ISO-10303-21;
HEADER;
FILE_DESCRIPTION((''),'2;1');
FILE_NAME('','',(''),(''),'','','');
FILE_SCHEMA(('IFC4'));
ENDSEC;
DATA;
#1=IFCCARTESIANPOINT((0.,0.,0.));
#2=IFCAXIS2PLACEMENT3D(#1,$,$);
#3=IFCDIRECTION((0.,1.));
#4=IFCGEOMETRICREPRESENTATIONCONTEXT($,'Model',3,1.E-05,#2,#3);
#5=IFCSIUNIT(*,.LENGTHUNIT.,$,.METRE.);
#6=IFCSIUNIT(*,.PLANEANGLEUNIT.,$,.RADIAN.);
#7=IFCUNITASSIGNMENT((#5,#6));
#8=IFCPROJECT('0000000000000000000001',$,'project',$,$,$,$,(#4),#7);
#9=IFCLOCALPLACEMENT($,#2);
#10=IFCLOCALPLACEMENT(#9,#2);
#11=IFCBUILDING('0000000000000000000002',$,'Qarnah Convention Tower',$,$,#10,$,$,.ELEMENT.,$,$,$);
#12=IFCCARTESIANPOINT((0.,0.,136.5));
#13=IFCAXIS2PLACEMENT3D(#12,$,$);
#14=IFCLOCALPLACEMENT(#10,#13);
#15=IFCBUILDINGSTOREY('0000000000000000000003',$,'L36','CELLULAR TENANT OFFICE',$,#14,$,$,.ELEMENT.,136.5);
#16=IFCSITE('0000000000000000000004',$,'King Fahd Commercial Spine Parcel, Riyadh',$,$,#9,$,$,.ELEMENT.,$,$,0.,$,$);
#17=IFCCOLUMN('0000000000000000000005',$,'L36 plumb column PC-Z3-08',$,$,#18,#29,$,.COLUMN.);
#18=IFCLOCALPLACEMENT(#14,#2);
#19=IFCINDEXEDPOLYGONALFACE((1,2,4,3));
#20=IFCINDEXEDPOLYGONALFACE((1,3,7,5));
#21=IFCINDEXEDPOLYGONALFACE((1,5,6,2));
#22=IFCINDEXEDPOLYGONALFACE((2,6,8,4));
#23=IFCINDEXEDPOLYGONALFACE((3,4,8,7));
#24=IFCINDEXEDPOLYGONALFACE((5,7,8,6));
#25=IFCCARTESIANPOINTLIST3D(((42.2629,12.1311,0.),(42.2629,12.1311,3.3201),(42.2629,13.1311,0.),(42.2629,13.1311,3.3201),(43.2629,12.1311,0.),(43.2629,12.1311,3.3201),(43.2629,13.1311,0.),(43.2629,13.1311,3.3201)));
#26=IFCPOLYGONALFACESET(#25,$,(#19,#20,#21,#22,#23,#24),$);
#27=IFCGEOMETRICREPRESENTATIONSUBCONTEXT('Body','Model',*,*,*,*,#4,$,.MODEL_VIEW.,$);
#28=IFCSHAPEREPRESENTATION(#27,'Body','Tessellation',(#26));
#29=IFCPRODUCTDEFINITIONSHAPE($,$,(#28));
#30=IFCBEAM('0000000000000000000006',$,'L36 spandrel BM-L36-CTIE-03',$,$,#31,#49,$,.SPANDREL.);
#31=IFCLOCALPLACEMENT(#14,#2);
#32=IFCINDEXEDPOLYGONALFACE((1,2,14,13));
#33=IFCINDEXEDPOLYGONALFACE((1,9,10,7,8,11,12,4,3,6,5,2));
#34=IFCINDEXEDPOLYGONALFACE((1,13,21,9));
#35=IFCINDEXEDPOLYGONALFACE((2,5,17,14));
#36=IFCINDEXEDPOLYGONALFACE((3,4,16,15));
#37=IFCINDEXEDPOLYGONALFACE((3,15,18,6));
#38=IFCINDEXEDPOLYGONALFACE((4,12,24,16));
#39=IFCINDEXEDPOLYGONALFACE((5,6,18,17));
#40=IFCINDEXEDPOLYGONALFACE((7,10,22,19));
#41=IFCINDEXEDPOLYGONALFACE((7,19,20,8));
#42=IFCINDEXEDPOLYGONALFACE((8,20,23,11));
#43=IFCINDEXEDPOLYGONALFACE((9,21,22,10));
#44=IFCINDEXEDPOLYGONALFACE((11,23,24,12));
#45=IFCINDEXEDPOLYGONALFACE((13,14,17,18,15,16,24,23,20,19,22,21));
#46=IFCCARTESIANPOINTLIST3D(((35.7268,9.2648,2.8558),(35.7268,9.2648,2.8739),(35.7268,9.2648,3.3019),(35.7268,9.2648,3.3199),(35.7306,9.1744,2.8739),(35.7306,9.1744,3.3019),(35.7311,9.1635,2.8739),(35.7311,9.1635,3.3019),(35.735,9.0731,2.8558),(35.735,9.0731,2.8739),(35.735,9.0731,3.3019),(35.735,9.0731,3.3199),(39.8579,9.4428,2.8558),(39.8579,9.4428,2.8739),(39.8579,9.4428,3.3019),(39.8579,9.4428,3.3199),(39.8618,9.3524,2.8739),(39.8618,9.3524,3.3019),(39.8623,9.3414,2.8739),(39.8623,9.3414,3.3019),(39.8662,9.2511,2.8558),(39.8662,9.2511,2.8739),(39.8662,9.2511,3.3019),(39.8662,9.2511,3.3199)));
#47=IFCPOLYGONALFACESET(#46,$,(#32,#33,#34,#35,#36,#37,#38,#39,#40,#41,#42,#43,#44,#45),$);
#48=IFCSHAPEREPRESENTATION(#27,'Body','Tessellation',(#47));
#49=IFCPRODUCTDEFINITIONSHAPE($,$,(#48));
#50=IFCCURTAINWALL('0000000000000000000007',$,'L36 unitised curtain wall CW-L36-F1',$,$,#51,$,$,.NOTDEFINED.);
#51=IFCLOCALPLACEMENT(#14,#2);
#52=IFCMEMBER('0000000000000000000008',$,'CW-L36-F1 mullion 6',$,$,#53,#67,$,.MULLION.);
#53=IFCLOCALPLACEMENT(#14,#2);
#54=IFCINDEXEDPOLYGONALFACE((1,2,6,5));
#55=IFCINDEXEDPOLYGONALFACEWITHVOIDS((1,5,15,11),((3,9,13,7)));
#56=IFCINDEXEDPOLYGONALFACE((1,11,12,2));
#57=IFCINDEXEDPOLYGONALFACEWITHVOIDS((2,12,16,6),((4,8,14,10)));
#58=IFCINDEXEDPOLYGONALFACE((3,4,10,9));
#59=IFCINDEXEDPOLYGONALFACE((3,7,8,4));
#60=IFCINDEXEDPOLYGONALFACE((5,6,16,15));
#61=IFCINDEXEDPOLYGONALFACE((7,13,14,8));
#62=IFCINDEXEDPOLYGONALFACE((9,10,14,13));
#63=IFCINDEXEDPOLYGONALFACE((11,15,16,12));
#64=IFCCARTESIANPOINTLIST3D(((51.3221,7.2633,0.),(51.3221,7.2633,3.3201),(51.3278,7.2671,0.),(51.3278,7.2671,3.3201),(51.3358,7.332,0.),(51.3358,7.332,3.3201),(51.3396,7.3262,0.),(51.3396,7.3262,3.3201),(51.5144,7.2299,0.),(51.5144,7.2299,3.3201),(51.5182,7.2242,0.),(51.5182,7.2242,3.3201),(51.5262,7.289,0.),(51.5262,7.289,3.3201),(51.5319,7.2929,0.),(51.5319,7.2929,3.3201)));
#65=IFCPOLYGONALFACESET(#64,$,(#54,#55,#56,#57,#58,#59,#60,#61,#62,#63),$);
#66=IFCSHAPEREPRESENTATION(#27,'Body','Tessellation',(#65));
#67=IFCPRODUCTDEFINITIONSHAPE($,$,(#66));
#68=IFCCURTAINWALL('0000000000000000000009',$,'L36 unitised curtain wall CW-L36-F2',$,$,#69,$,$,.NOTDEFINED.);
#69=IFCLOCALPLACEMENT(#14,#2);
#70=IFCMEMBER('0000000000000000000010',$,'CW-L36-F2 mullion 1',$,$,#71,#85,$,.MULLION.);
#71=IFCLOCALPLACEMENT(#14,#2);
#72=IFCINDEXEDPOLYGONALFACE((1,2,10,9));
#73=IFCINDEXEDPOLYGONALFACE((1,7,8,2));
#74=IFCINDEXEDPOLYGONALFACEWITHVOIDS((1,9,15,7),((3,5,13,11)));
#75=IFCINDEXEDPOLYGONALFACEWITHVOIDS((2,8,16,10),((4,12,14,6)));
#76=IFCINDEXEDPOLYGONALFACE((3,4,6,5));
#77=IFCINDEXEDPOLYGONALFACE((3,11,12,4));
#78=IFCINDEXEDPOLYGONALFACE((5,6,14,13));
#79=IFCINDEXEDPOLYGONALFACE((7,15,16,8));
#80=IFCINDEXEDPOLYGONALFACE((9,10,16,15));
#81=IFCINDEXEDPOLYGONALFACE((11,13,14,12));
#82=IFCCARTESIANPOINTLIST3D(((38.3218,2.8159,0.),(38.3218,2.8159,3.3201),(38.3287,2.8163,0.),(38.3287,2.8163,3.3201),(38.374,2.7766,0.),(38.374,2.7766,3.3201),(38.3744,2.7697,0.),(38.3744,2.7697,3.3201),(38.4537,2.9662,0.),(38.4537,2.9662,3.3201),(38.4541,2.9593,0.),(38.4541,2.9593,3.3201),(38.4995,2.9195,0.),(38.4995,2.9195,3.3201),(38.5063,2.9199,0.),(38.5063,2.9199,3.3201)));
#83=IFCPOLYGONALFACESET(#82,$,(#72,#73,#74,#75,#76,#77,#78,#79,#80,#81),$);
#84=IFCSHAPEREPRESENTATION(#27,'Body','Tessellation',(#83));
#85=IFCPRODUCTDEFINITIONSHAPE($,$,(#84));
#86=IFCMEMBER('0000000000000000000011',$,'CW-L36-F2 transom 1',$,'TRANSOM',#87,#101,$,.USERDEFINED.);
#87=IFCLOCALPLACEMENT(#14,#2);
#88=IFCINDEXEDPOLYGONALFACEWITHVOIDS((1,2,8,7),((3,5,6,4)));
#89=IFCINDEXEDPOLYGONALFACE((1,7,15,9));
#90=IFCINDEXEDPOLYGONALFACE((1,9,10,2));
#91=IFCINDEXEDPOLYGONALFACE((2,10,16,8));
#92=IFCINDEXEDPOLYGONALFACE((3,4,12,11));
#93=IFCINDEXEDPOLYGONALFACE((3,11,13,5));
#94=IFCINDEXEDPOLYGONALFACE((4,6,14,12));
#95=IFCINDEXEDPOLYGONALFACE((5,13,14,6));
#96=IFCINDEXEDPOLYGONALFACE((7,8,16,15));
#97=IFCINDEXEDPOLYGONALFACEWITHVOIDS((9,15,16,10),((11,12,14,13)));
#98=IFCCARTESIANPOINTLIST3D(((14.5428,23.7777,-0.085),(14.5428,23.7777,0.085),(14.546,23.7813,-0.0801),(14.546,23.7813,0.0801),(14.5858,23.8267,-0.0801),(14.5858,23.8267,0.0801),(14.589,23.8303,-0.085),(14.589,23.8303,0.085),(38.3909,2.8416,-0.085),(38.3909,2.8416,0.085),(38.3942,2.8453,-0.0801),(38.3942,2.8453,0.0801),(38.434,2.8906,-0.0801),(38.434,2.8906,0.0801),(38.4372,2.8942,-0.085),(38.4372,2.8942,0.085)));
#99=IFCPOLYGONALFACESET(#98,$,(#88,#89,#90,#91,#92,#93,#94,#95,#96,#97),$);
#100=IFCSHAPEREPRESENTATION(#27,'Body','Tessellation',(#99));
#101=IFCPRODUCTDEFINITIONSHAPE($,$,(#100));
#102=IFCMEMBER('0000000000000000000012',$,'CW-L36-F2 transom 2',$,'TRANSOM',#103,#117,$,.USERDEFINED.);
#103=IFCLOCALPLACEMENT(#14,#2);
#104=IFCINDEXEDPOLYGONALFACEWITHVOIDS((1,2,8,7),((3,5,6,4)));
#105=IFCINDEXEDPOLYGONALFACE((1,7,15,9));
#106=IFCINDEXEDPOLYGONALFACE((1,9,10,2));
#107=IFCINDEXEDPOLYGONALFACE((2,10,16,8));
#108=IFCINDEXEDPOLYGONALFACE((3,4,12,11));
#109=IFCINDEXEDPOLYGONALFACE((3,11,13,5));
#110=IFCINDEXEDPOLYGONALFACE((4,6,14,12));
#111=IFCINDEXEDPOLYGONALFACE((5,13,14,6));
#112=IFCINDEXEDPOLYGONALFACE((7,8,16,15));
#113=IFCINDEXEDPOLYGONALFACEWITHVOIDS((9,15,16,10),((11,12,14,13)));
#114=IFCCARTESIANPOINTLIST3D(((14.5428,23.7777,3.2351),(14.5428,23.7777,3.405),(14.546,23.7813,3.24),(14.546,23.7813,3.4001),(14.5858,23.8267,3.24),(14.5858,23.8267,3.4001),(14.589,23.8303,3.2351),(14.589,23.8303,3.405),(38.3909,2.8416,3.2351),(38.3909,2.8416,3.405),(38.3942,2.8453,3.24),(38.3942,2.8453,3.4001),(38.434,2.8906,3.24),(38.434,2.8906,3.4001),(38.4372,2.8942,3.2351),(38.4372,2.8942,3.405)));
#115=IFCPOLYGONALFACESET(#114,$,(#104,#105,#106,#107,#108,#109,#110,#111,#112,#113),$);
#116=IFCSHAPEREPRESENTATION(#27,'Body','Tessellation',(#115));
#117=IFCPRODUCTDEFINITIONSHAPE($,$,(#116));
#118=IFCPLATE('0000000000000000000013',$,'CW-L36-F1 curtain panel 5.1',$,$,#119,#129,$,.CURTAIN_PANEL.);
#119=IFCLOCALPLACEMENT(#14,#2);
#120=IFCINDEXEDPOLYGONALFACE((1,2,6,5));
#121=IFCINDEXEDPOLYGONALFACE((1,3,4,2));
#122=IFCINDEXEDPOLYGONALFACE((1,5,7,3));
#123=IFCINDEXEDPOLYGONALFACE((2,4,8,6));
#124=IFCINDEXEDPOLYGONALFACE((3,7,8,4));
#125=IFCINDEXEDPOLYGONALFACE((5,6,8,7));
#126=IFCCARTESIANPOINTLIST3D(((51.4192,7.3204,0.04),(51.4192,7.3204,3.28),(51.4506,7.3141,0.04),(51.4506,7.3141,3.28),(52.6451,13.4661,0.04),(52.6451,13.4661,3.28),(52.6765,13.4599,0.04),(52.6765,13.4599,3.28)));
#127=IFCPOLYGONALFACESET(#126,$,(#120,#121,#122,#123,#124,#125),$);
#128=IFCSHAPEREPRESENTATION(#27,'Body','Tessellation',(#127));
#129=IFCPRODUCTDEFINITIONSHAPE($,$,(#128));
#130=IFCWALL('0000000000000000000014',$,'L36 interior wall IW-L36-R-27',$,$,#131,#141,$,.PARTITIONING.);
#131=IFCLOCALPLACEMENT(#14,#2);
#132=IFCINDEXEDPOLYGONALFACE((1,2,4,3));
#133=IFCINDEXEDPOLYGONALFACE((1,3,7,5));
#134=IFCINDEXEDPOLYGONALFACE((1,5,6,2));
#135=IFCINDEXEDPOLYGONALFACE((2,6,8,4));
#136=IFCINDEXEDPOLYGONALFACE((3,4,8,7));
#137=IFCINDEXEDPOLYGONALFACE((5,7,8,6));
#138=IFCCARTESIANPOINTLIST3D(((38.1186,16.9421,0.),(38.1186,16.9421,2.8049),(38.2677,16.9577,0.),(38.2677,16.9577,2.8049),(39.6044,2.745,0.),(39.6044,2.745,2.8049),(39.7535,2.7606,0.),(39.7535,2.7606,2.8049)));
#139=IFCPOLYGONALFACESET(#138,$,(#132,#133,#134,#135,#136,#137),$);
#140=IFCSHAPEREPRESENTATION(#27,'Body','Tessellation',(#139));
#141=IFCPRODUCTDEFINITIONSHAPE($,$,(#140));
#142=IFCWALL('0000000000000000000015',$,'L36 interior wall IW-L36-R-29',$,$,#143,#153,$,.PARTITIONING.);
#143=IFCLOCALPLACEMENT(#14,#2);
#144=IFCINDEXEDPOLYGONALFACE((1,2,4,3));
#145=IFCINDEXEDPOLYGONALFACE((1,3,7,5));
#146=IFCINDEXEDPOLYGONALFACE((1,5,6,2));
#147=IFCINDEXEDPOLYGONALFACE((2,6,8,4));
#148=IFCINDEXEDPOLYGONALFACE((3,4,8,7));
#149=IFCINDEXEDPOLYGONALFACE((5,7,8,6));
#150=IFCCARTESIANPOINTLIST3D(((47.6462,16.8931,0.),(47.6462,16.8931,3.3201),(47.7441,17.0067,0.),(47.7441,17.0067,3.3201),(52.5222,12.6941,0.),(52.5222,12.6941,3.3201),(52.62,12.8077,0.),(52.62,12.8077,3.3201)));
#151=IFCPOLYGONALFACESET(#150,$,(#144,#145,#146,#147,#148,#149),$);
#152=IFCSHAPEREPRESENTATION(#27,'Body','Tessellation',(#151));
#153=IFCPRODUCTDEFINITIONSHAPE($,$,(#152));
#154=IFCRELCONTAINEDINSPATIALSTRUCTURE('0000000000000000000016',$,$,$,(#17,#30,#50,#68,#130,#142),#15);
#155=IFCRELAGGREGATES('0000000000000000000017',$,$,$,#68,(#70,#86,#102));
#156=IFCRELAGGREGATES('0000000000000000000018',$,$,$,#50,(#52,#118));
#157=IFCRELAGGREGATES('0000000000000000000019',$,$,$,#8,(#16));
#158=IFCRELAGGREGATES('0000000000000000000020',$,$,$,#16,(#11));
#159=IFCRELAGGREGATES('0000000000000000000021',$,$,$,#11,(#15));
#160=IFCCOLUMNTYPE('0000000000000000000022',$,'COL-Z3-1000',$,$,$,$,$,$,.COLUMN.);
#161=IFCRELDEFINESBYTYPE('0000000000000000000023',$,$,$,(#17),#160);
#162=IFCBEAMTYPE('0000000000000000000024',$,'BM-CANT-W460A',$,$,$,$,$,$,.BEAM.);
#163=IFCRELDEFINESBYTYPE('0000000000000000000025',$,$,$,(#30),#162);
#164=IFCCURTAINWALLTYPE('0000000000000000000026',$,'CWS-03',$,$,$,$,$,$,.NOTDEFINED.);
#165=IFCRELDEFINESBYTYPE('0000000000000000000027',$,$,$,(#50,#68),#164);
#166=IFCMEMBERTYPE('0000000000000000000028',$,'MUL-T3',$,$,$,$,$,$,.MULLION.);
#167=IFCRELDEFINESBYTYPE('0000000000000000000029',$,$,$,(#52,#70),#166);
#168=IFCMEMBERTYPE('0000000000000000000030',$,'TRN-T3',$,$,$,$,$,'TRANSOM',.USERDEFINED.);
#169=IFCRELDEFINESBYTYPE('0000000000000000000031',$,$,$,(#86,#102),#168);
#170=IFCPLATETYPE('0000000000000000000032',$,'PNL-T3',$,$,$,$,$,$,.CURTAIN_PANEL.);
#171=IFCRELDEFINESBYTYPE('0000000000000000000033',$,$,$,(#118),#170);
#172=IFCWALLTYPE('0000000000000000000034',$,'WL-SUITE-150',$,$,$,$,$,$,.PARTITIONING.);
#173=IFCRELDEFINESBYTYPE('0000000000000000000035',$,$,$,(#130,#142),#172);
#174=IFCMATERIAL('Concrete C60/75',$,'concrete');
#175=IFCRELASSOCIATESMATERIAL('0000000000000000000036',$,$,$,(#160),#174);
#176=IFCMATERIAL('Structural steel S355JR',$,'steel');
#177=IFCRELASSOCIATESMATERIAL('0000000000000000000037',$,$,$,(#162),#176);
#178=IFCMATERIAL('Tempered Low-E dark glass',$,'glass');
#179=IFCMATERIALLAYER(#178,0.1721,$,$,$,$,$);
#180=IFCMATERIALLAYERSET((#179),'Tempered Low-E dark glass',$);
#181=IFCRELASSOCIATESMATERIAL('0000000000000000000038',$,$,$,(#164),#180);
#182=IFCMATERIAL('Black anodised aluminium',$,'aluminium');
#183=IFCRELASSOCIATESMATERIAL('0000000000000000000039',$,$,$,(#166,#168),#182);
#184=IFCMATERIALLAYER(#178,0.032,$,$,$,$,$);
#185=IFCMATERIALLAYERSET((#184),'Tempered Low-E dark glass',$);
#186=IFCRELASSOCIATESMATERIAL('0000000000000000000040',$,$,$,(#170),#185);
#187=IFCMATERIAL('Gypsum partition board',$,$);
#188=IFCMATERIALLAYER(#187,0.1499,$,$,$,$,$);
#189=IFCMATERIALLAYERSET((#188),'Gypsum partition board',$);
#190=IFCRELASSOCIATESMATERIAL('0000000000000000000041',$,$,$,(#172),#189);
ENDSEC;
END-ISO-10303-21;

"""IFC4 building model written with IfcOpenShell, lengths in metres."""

from ifc_helpers import new_model, si_unit, direction, frame, frame_2d, origin, origin_2d, place, context, subcontext, project, spatial, rectangle, hollow_rectangle, i_section, extrude, material, layer, layer_set, material_profile, profile_set, type_object, element, aggregate, save


model = new_model("IFC4")

# Units and contexts
model_context = context("Model", 3, precision=1e-05, world=origin(), true_north=direction((0.0, 1.0)))
body_context = subcontext(model_context, "Body", "Model", "MODEL_VIEW")
ifc_project = project(units=[si_unit("LENGTHUNIT", "METRE"), si_unit("PLANEANGLEUNIT", "RADIAN")], contexts=[model_context])

# Site, building, storey
site_placement = place(None, origin())
site = spatial("IfcSite", under=ifc_project, at=site_placement, Name="King Fahd Commercial Spine Parcel, Riyadh", CompositionType="ELEMENT", RefElevation=0.0)
building_placement = place(site_placement, origin())
building = spatial("IfcBuilding", under=site, at=building_placement, Name="Qarnah Convention Tower", CompositionType="ELEMENT")
storey_placement = place(building_placement, frame((0.0, 0.0, 136.5)))
storey = spatial("IfcBuildingStorey", under=building, at=storey_placement, Name="L36", Description="CELLULAR TENANT OFFICE", CompositionType="ELEMENT", Elevation=136.5)

# Column
ifc_material_1 = material(Name="Concrete C60/75", Category="concrete")
ifc_material_profile_1 = material_profile(ifc_material_1, rectangle(XDim=1.0, YDim=1.0, at=origin_2d()), Name="RC-COL-1000X1000")
ifc_profile_set_1 = profile_set([ifc_material_profile_1], Name="Concrete C60/75")
column_type = type_object("IfcColumnType", Name="COL-Z3-1000", PredefinedType="COLUMN", material=ifc_profile_set_1)
column_placement = place(storey_placement, frame((42.7629, 12.6311, 0.0), z_axis=(0.0, 0.0, 1.0), x_axis=(1.0, 0.0, 0.0)))
element("IfcColumn", 1, at=column_placement, inside=storey, type_object=column_type, Name="L36 plumb column PC-Z3-08", PredefinedType="COLUMN", context=body_context, shape_type="SweptSolid", body=[
    extrude(rectangle(XDim=1.0, YDim=1.0, at=origin_2d()), origin(), (0.0, 0.0, 1.0), 3.3201),
])

# Beam
ifc_material_2 = material(Name="Structural steel S355JR", Category="steel")
ifc_material_profile_2 = material_profile(ifc_material_2, i_section(OverallWidth=0.1919, OverallDepth=0.4641, WebThickness=0.011, FlangeThickness=0.0181, at=origin_2d()), Name="W460X89")
ifc_profile_set_2 = profile_set([ifc_material_profile_2], Name="Structural steel S355JR")
beam_type = type_object("IfcBeamType", Name="BM-CANT-W460A", PredefinedType="BEAM", material=ifc_profile_set_2)
beam_placement = place(storey_placement, frame((39.8621, 9.3469, 3.0879), z_axis=(-0.999073, -0.043043, 0.0), x_axis=(0.043043, -0.999073, 0.0)))
element("IfcBeam", 2, at=beam_placement, inside=storey, type_object=beam_type, Name="L36 spandrel BM-L36-CTIE-03", PredefinedType="SPANDREL", context=body_context, shape_type="SweptSolid", body=[
    extrude(i_section(OverallWidth=0.1919, OverallDepth=0.4641, WebThickness=0.011, FlangeThickness=0.0181, at=origin_2d()), origin(), (0.0, 0.0, 1.0), 4.135),
])

# Curtain wall, member
ifc_material_3 = material(Name="Tempered Low-E dark glass", Category="glass")
ifc_layer_1 = layer(ifc_material_3, 0.1721)
ifc_layer_set_1 = layer_set([ifc_layer_1], Name="Tempered Low-E dark glass")
curtain_wall_type = type_object("IfcCurtainWallType", Name="CWS-03", PredefinedType="NOTDEFINED", material=ifc_layer_set_1)
curtain_wall_1_placement = place(storey_placement, origin())
curtain_wall_1 = element("IfcCurtainWall", 3, at=curtain_wall_1_placement, inside=storey, type_object=curtain_wall_type, Name="L36 unitised curtain wall CW-L36-F1", PredefinedType="NOTDEFINED")
ifc_material_4 = material(Name="Black anodised aluminium", Category="aluminium")
ifc_material_profile_3 = material_profile(ifc_material_4, hollow_rectangle(XDim=0.0701, YDim=0.2, WallThickness=0.0049, at=origin_2d()), Name="MUL-70X200")
ifc_profile_set_3 = profile_set([ifc_material_profile_3], Name="Black anodised aluminium")
member_type_1 = type_object("IfcMemberType", Name="MUL-T3", PredefinedType="MULLION", material=ifc_profile_set_3)
member_1_placement = place(storey_placement, frame((51.427, 7.2781, 0.0), z_axis=(0.0, 0.0, 1.0), x_axis=(-0.195625, -0.980679, 0.0)))
member_1 = element("IfcMember", 4, at=member_1_placement, type_object=member_type_1, Name="CW-L36-F1 mullion 6", PredefinedType="MULLION", context=body_context, shape_type="SweptSolid", body=[
    extrude(hollow_rectangle(XDim=0.0701, YDim=0.2, WallThickness=0.0049, at=origin_2d()), origin(), (0.0, 0.0, 1.0), 3.3201),
])

# Curtain wall, members
curtain_wall_2_placement = place(storey_placement, origin())
curtain_wall_2 = element("IfcCurtainWall", 5, at=curtain_wall_2_placement, inside=storey, type_object=curtain_wall_type, Name="L36 unitised curtain wall CW-L36-F2", PredefinedType="NOTDEFINED")
member_2_placement = place(storey_placement, frame((38.4141, 2.8679, 0.0), z_axis=(0.0, 0.0, 1.0), x_axis=(-0.751498, 0.659735, 0.0)))
member_2 = element("IfcMember", 6, at=member_2_placement, type_object=member_type_1, Name="CW-L36-F2 mullion 1", PredefinedType="MULLION", context=body_context, shape_type="SweptSolid", body=[
    extrude(hollow_rectangle(XDim=0.0701, YDim=0.2, WallThickness=0.0049, at=origin_2d()), origin(), (0.0, 0.0, 1.0), 3.3201),
])
ifc_material_profile_4 = material_profile(ifc_material_4, hollow_rectangle(XDim=0.0701, YDim=0.1699, WallThickness=0.0049, at=origin_2d()), Name="TRN-70X170")
ifc_profile_set_4 = profile_set([ifc_material_profile_4], Name="Black anodised aluminium")
member_type_2 = type_object("IfcMemberType", Name="TRN-T3", ElementType="TRANSOM", PredefinedType="USERDEFINED", material=ifc_profile_set_4)
member_3_placement = place(storey_placement, frame((38.4141, 2.8679, 0.0), z_axis=(-0.7515, 0.659734, 0.0), x_axis=(-0.659734, -0.7515, 0.0)))
member_3 = element("IfcMember", 7, at=member_3_placement, type_object=member_type_2, Name="CW-L36-F2 transom 1", ObjectType="TRANSOM", PredefinedType="USERDEFINED", context=body_context, shape_type="SweptSolid", body=[
    extrude(hollow_rectangle(XDim=0.0701, YDim=0.1699, WallThickness=0.0049, at=origin_2d()), origin(), (0.0, 0.0, 1.0), 31.7341),
])
member_4_placement = place(storey_placement, frame((38.4141, 2.8679, 3.3201), z_axis=(-0.7515, 0.659734, 0.0), x_axis=(-0.659734, -0.7515, 0.0)))
member_4 = element("IfcMember", 8, at=member_4_placement, type_object=member_type_2, Name="CW-L36-F2 transom 2", ObjectType="TRANSOM", PredefinedType="USERDEFINED", context=body_context, shape_type="SweptSolid", body=[
    extrude(hollow_rectangle(XDim=0.0701, YDim=0.1699, WallThickness=0.0049, at=origin_2d()), origin(), (0.0, 0.0, 1.0), 31.7341),
])
aggregate(curtain_wall_2, [member_2, member_3, member_4])

# Plate
ifc_layer_2 = layer(ifc_material_3, 0.032)
ifc_layer_set_2 = layer_set([ifc_layer_2], Name="Tempered Low-E dark glass")
plate_type = type_object("IfcPlateType", Name="PNL-T3", PredefinedType="CURTAIN_PANEL", material=ifc_layer_set_2)
plate_placement = place(storey_placement, frame((52.0479, 10.3901, 0.04), z_axis=(0.0, 0.0, 1.0), x_axis=(-0.195625, -0.980679, 0.0)))
plate = element("IfcPlate", 9, at=plate_placement, type_object=plate_type, Name="CW-L36-F1 curtain panel 5.1", PredefinedType="CURTAIN_PANEL", context=body_context, shape_type="SweptSolid", body=[
    extrude(rectangle(XDim=6.2668, YDim=0.032, at=origin_2d()), origin(), (0.0, 0.0, 1.0), 3.24),
])
aggregate(curtain_wall_1, [member_1, plate])

# Walls
ifc_material_5 = material(Name="Gypsum partition board")
ifc_layer_3 = layer(ifc_material_5, 0.1499)
ifc_layer_set_3 = layer_set([ifc_layer_3], Name="Gypsum partition board")
wall_type_1 = type_object("IfcWallType", Name="WL-SUITE-150", PredefinedType="PARTITIONING", material=ifc_layer_set_3)
wall_1_placement = place(storey_placement, frame((39.679, 2.7529, 0.0), z_axis=(0.0, 0.0, 1.0), x_axis=(-0.10409, 0.994568, 0.0)))
element("IfcWall", 10, at=wall_1_placement, inside=storey, type_object=wall_type_1, Name="L36 interior wall IW-L36-R-27", PredefinedType="PARTITIONING", context=body_context, shape_type="SweptSolid", body=[
    extrude(rectangle(XDim=14.2747, YDim=0.1499, at=frame_2d((7.1372, 0.0))), origin(), (0.0, 0.0, 1.0), 2.8049),
])
wall_2_placement = place(storey_placement, frame((52.571, 12.751, 0.0), z_axis=(0.0, 0.0, 1.0), x_axis=(-0.757752, 0.652543, 0.0)))
element("IfcWall", 11, at=wall_2_placement, inside=storey, type_object=wall_type_1, Name="L36 interior wall IW-L36-R-29", PredefinedType="PARTITIONING", context=body_context, shape_type="SweptSolid", body=[
    extrude(rectangle(XDim=6.4348, YDim=0.1499, at=frame_2d((3.2173, 0.0))), origin(), (0.0, 0.0, 1.0), 3.3201),
])

save(model, "model.ifc")
